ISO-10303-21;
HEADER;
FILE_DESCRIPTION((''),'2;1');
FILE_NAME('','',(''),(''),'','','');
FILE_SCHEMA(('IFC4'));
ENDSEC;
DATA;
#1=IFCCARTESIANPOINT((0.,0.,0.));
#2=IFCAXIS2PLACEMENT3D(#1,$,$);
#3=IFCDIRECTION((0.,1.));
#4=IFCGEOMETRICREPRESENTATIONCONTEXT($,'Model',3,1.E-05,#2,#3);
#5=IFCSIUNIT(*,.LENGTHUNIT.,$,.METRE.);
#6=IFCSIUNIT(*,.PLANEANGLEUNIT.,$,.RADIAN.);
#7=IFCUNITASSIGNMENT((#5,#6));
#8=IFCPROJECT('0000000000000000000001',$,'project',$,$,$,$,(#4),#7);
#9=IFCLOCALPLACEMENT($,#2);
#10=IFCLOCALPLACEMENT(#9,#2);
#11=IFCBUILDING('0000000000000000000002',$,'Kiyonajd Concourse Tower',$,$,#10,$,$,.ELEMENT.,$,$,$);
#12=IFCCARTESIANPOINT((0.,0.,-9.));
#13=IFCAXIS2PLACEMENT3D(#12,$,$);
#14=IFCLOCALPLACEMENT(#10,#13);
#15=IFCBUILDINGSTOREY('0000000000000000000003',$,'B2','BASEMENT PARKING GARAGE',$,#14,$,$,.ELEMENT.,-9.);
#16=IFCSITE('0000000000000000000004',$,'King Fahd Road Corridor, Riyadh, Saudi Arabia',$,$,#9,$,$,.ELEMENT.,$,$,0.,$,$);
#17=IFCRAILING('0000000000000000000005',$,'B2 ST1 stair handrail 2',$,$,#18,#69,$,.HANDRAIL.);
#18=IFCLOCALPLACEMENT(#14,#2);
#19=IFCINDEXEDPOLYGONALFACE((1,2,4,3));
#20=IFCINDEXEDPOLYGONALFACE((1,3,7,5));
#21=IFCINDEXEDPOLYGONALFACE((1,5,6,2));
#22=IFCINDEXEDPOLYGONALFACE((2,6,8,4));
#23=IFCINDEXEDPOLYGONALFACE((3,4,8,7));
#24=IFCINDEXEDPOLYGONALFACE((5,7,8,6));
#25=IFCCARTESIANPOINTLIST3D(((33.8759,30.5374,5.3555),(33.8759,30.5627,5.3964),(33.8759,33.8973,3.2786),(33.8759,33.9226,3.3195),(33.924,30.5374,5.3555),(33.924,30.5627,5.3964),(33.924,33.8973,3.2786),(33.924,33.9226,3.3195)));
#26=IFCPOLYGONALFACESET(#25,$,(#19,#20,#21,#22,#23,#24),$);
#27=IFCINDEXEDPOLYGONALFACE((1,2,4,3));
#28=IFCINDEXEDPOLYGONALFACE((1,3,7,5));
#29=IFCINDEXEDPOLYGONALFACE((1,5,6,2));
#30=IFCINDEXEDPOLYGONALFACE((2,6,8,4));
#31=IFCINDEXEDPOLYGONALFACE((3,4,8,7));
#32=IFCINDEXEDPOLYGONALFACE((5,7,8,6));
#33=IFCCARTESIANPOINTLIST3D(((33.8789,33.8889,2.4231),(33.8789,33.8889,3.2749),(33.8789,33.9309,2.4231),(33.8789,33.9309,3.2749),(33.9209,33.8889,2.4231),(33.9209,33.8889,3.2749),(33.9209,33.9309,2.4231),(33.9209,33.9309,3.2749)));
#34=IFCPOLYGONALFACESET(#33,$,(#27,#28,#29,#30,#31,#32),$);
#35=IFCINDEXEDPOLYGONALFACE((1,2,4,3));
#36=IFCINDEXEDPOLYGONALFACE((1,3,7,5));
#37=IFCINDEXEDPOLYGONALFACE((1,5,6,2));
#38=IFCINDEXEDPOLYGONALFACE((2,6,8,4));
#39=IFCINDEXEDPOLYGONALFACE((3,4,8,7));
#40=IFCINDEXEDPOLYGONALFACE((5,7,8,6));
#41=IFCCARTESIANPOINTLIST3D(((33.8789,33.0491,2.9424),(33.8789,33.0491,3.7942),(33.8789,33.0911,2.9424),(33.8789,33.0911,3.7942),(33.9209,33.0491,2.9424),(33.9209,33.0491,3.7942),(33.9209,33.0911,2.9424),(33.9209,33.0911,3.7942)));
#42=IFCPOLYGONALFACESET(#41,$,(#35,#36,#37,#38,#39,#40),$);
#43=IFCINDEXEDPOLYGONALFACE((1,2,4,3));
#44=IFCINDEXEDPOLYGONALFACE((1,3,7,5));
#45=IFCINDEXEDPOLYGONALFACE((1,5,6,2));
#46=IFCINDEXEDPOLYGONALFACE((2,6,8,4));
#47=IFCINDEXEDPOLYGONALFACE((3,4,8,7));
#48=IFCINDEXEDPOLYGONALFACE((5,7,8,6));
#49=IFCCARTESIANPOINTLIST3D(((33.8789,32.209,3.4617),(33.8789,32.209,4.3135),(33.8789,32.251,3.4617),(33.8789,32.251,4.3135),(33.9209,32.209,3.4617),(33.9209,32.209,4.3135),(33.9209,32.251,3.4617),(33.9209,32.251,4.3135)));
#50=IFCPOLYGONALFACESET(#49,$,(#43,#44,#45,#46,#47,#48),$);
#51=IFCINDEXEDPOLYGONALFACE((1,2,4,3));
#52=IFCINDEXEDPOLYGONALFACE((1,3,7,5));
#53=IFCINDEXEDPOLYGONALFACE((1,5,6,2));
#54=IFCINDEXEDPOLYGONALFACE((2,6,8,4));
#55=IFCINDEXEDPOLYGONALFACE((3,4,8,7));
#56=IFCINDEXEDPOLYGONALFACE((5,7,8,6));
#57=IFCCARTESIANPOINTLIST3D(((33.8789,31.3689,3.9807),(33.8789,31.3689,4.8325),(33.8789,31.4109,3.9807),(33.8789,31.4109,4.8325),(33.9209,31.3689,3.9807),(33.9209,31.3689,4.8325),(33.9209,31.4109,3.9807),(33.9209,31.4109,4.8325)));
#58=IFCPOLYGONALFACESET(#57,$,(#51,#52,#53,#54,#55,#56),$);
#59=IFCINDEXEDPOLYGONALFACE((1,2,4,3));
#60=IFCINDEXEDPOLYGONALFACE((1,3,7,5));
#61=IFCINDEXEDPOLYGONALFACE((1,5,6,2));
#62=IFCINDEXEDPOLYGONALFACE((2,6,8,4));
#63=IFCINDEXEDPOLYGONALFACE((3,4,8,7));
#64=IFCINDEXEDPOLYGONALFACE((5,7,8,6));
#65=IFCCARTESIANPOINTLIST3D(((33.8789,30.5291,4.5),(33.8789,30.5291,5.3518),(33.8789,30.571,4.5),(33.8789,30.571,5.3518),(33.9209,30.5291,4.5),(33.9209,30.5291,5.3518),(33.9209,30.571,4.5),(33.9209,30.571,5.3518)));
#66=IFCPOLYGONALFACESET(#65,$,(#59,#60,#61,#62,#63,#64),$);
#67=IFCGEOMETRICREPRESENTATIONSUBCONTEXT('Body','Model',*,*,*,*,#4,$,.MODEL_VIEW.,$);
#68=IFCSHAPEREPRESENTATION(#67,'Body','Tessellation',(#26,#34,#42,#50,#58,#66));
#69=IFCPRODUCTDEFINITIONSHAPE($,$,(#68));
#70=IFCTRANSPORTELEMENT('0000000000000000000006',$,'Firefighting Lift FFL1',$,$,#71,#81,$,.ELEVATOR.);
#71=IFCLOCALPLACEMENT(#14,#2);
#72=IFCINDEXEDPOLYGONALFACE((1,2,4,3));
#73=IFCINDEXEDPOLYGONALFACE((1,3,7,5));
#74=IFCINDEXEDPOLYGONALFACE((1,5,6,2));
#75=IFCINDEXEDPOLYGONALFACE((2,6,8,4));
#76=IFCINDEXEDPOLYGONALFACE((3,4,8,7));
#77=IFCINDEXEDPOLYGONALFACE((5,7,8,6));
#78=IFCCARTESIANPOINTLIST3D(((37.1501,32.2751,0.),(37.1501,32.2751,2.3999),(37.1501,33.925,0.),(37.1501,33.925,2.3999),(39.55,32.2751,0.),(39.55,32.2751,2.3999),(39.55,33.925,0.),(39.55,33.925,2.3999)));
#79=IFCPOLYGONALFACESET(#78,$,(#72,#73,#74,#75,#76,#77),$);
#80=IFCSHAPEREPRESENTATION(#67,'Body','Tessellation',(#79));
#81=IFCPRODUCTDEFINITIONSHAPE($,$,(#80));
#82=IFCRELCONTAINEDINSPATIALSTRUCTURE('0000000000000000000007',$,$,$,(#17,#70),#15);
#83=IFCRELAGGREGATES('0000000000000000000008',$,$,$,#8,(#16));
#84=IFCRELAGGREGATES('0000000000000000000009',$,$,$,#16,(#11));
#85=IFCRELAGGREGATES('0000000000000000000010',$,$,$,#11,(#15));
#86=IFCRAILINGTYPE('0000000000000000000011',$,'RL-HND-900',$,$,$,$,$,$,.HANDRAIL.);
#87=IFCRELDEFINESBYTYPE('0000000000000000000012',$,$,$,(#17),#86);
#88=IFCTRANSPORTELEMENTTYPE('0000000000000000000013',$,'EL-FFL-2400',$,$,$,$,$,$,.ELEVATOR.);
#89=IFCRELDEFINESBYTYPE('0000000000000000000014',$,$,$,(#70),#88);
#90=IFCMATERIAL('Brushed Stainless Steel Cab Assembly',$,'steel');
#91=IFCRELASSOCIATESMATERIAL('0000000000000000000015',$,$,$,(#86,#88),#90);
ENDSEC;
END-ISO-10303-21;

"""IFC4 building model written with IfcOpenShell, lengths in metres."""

from ifc_helpers import new_model, si_unit, direction, frame, origin, origin_2d, place, context, subcontext, project, spatial, rectangle, extrude, material, type_object, element, save


model = new_model("IFC4")

# Units and contexts
model_context = context("Model", 3, precision=1e-05, world=origin(), true_north=direction((0.0, 1.0)))
body_context = subcontext(model_context, "Body", "Model", "MODEL_VIEW")
ifc_project = project(units=[si_unit("LENGTHUNIT", "METRE"), si_unit("PLANEANGLEUNIT", "RADIAN")], contexts=[model_context])

# Site, building, storey
site_placement = place(None, origin())
site = spatial("IfcSite", under=ifc_project, at=site_placement, Name="King Fahd Road Corridor, Riyadh, Saudi Arabia", CompositionType="ELEMENT", RefElevation=0.0)
building_placement = place(site_placement, origin())
building = spatial("IfcBuilding", under=site, at=building_placement, Name="Kiyonajd Concourse Tower", CompositionType="ELEMENT")
storey_placement = place(building_placement, frame((0.0, 0.0, -9.0)))
storey = spatial("IfcBuildingStorey", under=building, at=storey_placement, Name="B2", Description="BASEMENT PARKING GARAGE", CompositionType="ELEMENT", Elevation=-9.0)

# Shared definitions
ifc_material_1 = material(Name="Brushed Stainless Steel Cab Assembly", Category="steel")

# Railing
railing_type_1 = type_object("IfcRailingType", Name="RL-HND-900", PredefinedType="HANDRAIL", material=ifc_material_1)
railing_1_placement = place(storey_placement, frame((33.8999, 33.9099, 2.4231)))
element("IfcRailing", 1, at=railing_1_placement, inside=storey, type_object=railing_type_1, Name="B2 ST1 stair handrail 2", PredefinedType="HANDRAIL", context=body_context, shape_type="SweptSolid", body=[
    extrude(rectangle(XDim=0.0481, YDim=0.0481, at=origin_2d()), frame((0.0, 0.0, 0.876), z_axis=(0.0, -0.850606, 0.525803), x_axis=(1.0, 0.0, 0.0)), (0.0, 0.0, 1.0), 3.95),
    extrude(rectangle(XDim=0.042, YDim=0.042, at=origin_2d()), origin(), (0.0, 0.0, 1.0), 0.8518),
    extrude(rectangle(XDim=0.042, YDim=0.042, at=origin_2d()), frame((0.0, -0.8398, 0.5193)), (0.0, 0.0, 1.0), 0.8518),
    extrude(rectangle(XDim=0.042, YDim=0.042, at=origin_2d()), frame((0.0, -1.6799, 1.0386)), (0.0, 0.0, 1.0), 0.8518),
    extrude(rectangle(XDim=0.042, YDim=0.042, at=origin_2d()), frame((0.0, -2.52, 1.5576)), (0.0, 0.0, 1.0), 0.8518),
    extrude(rectangle(XDim=0.042, YDim=0.042, at=origin_2d()), frame((0.0, -3.3599, 2.0769)), (0.0, 0.0, 1.0), 0.8518),
])

# Transport element
transport_element_type = type_object("IfcTransportElementType", Name="EL-FFL-2400", PredefinedType="ELEVATOR", material=ifc_material_1)
transport_element_placement = place(storey_placement, frame((38.3501, 33.1001, 0.0), z_axis=(0.0, 0.0, 1.0), x_axis=(1.0, 0.0, 0.0)))
element("IfcTransportElement", 2, at=transport_element_placement, inside=storey, type_object=transport_element_type, Name="Firefighting Lift FFL1", PredefinedType="ELEVATOR", context=body_context, shape_type="SweptSolid", body=[
    extrude(rectangle(XDim=2.3999, YDim=1.6499, at=origin_2d()), origin(), (0.0, 0.0, 1.0), 2.3999),
])

save(model, "model.ifc")
